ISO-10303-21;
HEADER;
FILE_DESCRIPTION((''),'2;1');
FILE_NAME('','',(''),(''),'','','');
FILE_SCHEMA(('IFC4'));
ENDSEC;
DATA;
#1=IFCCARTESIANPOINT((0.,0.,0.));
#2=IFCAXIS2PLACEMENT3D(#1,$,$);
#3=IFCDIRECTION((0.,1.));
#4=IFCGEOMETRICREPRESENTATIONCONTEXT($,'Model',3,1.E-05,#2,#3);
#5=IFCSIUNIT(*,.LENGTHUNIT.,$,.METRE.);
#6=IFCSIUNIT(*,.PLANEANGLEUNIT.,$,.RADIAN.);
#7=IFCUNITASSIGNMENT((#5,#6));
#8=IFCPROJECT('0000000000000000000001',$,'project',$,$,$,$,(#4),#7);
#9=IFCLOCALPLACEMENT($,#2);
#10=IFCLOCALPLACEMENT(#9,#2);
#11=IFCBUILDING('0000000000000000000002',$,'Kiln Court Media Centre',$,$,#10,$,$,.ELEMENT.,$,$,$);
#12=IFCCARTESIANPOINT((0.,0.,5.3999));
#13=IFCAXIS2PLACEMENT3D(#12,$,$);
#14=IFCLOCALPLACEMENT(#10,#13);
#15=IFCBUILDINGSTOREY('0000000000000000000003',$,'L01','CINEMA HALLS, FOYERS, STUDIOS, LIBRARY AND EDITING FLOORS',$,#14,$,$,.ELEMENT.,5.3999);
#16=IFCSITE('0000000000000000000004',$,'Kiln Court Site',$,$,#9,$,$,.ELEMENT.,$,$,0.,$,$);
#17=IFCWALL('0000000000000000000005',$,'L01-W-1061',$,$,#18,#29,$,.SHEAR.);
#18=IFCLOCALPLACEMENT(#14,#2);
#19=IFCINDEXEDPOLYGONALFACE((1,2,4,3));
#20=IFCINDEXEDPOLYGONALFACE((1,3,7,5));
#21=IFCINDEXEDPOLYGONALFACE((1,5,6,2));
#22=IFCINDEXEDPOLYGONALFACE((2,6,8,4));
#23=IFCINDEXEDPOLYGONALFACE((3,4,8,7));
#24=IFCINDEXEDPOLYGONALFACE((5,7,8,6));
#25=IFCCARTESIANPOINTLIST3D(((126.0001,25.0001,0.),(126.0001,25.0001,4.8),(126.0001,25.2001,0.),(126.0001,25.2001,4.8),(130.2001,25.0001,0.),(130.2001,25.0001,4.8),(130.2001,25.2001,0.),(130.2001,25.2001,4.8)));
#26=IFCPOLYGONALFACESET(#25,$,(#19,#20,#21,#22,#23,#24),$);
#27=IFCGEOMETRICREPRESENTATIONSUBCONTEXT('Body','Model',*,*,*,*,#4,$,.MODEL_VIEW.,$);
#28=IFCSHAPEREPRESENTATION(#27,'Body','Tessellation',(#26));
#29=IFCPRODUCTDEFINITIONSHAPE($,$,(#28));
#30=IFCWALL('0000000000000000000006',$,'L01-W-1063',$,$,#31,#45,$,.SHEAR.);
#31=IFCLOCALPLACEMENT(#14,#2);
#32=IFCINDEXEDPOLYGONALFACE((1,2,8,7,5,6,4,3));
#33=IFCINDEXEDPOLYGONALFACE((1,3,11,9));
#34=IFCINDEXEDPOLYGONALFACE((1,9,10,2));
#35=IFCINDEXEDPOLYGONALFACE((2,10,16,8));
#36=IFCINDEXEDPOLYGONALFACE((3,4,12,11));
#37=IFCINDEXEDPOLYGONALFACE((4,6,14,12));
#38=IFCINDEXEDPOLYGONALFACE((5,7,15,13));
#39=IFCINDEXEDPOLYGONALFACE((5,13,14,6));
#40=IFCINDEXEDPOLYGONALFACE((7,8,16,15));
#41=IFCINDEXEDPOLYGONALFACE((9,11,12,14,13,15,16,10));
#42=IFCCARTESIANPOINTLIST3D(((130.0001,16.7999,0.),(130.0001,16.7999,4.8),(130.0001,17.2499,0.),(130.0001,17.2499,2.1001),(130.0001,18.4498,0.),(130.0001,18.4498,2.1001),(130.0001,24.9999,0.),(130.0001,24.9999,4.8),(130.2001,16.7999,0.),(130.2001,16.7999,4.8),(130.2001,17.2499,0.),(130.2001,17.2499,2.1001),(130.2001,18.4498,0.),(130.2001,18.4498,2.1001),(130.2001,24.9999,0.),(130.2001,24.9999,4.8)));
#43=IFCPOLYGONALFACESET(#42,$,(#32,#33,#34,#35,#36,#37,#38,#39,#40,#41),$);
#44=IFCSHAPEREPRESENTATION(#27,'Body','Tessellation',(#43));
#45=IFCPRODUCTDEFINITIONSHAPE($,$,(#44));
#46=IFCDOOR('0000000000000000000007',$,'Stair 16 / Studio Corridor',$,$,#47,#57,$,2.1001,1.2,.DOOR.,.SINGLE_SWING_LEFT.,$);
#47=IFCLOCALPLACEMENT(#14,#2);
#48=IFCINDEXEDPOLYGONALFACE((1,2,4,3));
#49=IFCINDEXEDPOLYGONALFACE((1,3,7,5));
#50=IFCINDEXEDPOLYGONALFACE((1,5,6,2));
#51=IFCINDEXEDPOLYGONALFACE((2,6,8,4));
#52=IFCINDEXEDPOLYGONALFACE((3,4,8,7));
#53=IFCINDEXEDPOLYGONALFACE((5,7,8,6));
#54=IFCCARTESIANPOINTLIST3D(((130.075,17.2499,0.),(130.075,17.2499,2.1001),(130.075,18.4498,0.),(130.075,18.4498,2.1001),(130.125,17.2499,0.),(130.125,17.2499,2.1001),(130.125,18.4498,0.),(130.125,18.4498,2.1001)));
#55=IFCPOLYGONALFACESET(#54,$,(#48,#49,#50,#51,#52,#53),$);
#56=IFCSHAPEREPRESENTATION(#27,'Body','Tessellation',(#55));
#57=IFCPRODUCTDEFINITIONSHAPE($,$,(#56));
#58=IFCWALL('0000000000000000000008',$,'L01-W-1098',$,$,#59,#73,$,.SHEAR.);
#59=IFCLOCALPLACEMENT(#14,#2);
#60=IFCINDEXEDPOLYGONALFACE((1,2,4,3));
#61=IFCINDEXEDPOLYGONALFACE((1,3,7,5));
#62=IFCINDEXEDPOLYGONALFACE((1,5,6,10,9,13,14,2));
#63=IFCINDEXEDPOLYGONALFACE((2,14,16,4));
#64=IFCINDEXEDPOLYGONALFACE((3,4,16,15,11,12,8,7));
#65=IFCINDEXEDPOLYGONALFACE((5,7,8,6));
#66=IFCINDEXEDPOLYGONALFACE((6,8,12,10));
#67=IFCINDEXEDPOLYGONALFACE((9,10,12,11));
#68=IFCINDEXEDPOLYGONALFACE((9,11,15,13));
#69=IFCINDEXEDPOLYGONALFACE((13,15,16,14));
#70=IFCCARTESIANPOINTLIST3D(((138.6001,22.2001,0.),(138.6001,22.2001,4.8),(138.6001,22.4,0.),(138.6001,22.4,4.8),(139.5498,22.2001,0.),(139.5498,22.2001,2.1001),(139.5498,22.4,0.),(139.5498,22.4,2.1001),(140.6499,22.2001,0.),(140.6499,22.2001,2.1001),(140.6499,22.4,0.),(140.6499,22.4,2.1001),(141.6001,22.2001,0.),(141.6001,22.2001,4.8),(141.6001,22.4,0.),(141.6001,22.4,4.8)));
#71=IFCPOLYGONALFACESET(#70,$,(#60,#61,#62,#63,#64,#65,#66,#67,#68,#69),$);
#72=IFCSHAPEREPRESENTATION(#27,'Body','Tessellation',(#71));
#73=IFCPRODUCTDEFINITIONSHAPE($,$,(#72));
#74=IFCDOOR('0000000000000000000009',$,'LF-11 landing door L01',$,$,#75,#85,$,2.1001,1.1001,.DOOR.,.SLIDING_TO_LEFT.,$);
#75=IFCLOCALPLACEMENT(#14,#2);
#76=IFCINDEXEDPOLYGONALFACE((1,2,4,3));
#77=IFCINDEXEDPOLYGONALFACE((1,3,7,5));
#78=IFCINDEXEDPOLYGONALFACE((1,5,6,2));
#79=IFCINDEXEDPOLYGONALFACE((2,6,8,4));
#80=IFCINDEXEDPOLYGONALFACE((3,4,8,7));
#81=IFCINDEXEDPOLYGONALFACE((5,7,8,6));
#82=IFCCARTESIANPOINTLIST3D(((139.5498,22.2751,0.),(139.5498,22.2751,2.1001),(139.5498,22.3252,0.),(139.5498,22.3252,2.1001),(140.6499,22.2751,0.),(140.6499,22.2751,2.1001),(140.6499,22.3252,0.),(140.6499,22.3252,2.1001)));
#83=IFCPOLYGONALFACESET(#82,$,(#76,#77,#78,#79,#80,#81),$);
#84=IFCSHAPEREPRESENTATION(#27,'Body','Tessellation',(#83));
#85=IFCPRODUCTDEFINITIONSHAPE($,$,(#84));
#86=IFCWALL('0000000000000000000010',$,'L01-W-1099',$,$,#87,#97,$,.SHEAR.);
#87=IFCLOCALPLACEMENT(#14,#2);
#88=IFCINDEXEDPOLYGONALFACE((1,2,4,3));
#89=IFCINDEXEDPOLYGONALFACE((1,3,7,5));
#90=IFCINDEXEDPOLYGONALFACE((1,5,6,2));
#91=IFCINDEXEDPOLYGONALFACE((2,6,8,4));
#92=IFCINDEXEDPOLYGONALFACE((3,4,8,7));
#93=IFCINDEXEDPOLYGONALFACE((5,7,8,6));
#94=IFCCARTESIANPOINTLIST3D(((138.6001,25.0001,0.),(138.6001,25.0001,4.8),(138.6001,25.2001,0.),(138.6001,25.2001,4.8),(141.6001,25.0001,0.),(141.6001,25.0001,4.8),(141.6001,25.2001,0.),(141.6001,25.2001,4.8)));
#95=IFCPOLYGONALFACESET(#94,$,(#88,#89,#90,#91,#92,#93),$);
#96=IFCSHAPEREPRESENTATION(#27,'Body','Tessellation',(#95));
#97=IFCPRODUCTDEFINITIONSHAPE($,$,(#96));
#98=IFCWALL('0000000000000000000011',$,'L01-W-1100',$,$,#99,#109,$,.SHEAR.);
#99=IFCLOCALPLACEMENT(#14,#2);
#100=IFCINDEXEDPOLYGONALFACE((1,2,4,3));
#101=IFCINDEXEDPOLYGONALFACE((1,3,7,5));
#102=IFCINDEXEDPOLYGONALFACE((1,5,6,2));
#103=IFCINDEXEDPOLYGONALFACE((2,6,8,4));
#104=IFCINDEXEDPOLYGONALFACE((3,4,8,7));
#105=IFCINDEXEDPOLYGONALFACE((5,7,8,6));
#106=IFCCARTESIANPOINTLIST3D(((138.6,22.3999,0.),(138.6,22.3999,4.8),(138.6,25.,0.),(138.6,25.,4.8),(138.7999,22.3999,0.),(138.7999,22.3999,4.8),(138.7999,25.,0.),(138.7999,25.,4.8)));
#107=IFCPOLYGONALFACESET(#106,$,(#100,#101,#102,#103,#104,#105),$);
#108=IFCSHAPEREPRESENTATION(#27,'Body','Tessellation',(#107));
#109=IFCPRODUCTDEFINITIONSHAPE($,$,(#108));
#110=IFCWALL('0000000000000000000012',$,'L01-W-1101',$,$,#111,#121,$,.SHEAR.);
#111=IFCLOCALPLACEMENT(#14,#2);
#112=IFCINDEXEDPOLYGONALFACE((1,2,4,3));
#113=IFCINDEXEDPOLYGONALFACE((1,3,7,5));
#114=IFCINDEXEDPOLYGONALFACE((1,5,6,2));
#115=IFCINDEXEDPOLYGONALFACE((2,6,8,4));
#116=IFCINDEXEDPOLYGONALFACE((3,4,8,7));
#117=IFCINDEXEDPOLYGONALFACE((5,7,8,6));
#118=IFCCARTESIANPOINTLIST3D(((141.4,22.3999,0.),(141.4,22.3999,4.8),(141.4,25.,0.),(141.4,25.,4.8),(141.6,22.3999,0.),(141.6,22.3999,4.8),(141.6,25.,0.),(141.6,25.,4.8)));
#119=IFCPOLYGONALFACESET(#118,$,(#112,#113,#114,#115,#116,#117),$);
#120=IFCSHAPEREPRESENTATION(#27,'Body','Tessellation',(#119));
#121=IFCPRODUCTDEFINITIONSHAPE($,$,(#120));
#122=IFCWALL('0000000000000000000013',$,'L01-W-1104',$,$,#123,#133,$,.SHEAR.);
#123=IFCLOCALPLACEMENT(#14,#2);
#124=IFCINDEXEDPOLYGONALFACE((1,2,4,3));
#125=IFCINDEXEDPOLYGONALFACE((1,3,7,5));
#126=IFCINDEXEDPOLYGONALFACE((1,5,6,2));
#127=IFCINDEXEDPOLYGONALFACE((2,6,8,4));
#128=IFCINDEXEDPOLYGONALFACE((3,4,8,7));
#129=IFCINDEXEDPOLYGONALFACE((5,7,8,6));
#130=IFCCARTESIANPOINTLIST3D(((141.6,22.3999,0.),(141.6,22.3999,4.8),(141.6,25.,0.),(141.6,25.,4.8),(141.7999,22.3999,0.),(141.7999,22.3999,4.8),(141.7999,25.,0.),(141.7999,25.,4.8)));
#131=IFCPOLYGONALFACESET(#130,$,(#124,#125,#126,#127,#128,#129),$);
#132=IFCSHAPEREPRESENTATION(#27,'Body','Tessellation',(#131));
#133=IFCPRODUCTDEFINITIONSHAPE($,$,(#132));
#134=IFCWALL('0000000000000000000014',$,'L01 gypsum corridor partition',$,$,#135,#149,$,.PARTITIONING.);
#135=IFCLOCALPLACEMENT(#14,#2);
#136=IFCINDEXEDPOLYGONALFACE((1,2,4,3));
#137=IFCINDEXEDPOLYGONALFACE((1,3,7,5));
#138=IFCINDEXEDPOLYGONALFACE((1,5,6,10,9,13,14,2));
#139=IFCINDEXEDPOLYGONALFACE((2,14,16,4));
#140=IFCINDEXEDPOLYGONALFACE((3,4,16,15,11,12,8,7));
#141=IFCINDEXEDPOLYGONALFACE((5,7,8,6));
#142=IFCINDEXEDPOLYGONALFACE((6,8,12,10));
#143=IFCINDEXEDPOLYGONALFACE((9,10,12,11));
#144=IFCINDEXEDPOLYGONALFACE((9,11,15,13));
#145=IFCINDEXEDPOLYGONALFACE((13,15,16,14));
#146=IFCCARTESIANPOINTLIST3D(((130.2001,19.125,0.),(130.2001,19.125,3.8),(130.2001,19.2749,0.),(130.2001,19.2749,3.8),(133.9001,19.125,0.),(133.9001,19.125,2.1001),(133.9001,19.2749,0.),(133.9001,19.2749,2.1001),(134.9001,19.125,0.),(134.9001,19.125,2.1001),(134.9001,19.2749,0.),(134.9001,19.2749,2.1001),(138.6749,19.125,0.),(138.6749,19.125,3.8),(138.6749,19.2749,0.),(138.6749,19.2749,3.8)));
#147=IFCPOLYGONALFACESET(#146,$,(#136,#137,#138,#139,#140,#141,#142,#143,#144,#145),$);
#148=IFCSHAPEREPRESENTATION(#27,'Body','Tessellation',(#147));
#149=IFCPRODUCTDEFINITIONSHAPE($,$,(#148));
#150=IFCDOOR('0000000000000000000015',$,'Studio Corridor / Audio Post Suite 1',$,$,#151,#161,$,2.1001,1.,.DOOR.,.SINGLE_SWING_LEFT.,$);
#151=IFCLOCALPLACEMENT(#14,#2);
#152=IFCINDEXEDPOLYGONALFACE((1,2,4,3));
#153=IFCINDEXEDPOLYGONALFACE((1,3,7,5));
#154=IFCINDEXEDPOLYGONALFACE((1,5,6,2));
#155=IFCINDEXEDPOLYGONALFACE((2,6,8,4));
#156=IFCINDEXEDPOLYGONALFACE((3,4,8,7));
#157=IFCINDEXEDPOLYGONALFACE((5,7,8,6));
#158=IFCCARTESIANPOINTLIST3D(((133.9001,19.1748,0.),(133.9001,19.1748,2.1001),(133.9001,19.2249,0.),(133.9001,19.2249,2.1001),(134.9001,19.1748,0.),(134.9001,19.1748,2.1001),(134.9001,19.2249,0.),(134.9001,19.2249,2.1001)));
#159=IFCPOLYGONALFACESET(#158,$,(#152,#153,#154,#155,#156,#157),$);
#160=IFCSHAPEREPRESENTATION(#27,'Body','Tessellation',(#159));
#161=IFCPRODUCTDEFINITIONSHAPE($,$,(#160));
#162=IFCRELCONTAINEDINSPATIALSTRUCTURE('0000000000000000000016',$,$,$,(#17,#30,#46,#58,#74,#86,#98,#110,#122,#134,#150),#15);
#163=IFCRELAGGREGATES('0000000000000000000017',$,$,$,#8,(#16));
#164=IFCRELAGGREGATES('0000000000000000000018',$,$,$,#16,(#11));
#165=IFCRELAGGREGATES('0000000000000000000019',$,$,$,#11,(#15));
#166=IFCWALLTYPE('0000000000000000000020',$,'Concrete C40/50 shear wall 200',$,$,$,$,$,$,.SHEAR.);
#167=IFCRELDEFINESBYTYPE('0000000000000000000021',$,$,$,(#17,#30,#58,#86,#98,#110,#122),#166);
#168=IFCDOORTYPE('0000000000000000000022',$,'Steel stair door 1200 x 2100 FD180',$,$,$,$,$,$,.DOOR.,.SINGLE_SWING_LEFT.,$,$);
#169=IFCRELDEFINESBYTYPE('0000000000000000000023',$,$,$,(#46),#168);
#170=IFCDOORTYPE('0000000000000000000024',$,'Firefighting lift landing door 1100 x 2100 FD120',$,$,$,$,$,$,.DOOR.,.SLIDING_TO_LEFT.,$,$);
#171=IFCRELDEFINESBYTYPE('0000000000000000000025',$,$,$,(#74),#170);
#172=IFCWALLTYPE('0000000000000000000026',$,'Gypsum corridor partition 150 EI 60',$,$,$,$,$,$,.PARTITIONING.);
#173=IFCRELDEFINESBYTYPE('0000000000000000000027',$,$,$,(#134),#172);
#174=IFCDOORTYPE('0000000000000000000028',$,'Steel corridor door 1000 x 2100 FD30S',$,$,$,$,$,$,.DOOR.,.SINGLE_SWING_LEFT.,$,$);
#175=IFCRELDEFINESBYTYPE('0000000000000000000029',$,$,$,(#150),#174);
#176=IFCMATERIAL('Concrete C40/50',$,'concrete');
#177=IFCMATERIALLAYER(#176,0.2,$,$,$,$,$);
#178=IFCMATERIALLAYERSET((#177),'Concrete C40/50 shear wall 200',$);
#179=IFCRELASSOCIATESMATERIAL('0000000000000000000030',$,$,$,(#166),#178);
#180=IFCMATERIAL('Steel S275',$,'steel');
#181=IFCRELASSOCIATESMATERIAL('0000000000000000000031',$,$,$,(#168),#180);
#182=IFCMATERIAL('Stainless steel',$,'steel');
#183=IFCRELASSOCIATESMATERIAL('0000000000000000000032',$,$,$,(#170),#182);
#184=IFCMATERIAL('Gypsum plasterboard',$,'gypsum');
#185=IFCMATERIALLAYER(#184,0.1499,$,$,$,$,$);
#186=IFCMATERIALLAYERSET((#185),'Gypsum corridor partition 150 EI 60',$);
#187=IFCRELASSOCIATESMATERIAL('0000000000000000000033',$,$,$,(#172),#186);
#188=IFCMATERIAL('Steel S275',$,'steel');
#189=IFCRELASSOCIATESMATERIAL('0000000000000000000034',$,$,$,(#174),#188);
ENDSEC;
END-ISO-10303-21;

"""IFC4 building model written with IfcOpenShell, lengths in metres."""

from ifc_helpers import new_model, si_unit, direction, frame, frame_2d, origin, place, context, subcontext, project, spatial, rectangle, extrude, material, layer, layer_set, type_object, element, fill, save


model = new_model("IFC4")

# Units and contexts
model_context = context("Model", 3, precision=1e-05, world=origin(), true_north=direction((0.0, 1.0)))
body_context = subcontext(model_context, "Body", "Model", "MODEL_VIEW")
ifc_project = project(units=[si_unit("LENGTHUNIT", "METRE"), si_unit("PLANEANGLEUNIT", "RADIAN")], contexts=[model_context])

# Site, building, storey
site_placement = place(None, origin())
site = spatial("IfcSite", under=ifc_project, at=site_placement, Name="Kiln Court Site", CompositionType="ELEMENT", RefElevation=0.0)
building_placement = place(site_placement, origin())
building = spatial("IfcBuilding", under=site, at=building_placement, Name="Kiln Court Media Centre", CompositionType="ELEMENT")
storey_placement = place(building_placement, frame((0.0, 0.0, 5.3999)))
storey = spatial("IfcBuildingStorey", under=building, at=storey_placement, Name="L01", Description="CINEMA HALLS, FOYERS, STUDIOS, LIBRARY AND EDITING FLOORS", CompositionType="ELEMENT", Elevation=5.3999)

# Wall
ifc_material_1 = material(Name="Concrete C40/50", Category="concrete")
ifc_layer_1 = layer(ifc_material_1, 0.2)
ifc_layer_set_1 = layer_set([ifc_layer_1], Name="Concrete C40/50 shear wall 200")
wall_type_1 = type_object("IfcWallType", Name="Concrete C40/50 shear wall 200", PredefinedType="SHEAR", material=ifc_layer_set_1)
wall_1_placement = place(storey_placement, frame((126.0, 25.1001, 0.0), z_axis=(0.0, 0.0, 1.0), x_axis=(1.0, 0.0, 0.0)))
element("IfcWall", 1, at=wall_1_placement, inside=storey, type_object=wall_type_1, Name="L01-W-1061", PredefinedType="SHEAR", context=body_context, shape_type="SweptSolid", body=[
    extrude(rectangle(XDim=4.2, YDim=0.2, at=frame_2d((2.1001, 0.0))), origin(), (0.0, 0.0, 1.0), 4.8),
])

# Walls, openings, doors
wall_2_placement = place(storey_placement, frame((130.1001, 25.0, 0.0), z_axis=(0.0, 0.0, 1.0), x_axis=(0.0, -1.0, 0.0)))
wall_2 = element("IfcWall", 2, at=wall_2_placement, inside=storey, type_object=wall_type_1, Name="L01-W-1063", PredefinedType="SHEAR", context=body_context, shape_type="SweptSolid", body=[
    extrude(rectangle(XDim=8.2, YDim=0.2, at=frame_2d((4.1001, 0.0))), origin(), (0.0, 0.0, 1.0), 4.8),
])
opening_1_placement = place(wall_2_placement, frame((6.55, 0.0, 0.0)))
opening_1 = element("IfcOpeningElement", 3, at=opening_1_placement, cuts=wall_2, PredefinedType="OPENING", context=body_context, shape_type="SweptSolid", body=[
    extrude(rectangle(XDim=1.2, YDim=2.1001, at=frame_2d((0.6001, 1.05))), frame((0.0, 0.1099, 0.0), z_axis=(0.0, -1.0, 0.0), x_axis=(1.0, 0.0, 0.0)), (0.0, 0.0, 1.0), 0.22),
])
ifc_material_2 = material(Name="Steel S275", Category="steel")
door_type_1 = type_object("IfcDoorType", Name="Steel stair door 1200 x 2100 FD180", OperationType="SINGLE_SWING_LEFT", PredefinedType="DOOR", material=ifc_material_2)
door_1_placement = place(opening_1_placement, origin())
door_1 = element("IfcDoor", 4, at=door_1_placement, inside=storey, type_object=door_type_1, Name="Stair 16 / Studio Corridor", OperationType="SINGLE_SWING_LEFT", OverallHeight=2.1001, OverallWidth=1.2, PredefinedType="DOOR", context=body_context, shape_type="SweptSolid", body=[
    extrude(rectangle(XDim=1.2, YDim=2.1001, at=frame_2d((0.6001, 1.05))), frame((0.0, 0.0249, 0.0), z_axis=(0.0, -1.0, 0.0), x_axis=(1.0, 0.0, 0.0)), (0.0, 0.0, 1.0), 0.05),
])
fill(opening_1, door_1)
wall_3_placement = place(storey_placement, frame((141.6001, 22.3, 0.0), z_axis=(0.0, 0.0, 1.0), x_axis=(-1.0, 0.0, 0.0)))
wall_3 = element("IfcWall", 5, at=wall_3_placement, inside=storey, type_object=wall_type_1, Name="L01-W-1098", PredefinedType="SHEAR", context=body_context, shape_type="SweptSolid", body=[
    extrude(rectangle(XDim=3.0, YDim=0.2, at=frame_2d((1.5, 0.0))), origin(), (0.0, 0.0, 1.0), 4.8),
])
opening_2_placement = place(wall_3_placement, frame((0.9502, 0.0, 0.0)))
opening_2 = element("IfcOpeningElement", 6, at=opening_2_placement, cuts=wall_3, PredefinedType="OPENING", context=body_context, shape_type="SweptSolid", body=[
    extrude(rectangle(XDim=1.1001, YDim=2.1001, at=frame_2d((0.55, 1.05))), frame((0.0, 0.1099, 0.0), z_axis=(0.0, -1.0, 0.0), x_axis=(1.0, 0.0, 0.0)), (0.0, 0.0, 1.0), 0.22),
])
ifc_material_3 = material(Name="Stainless steel", Category="steel")
door_type_2 = type_object("IfcDoorType", Name="Firefighting lift landing door 1100 x 2100 FD120", OperationType="SLIDING_TO_LEFT", PredefinedType="DOOR", material=ifc_material_3)
door_2_placement = place(opening_2_placement, origin())
door_2 = element("IfcDoor", 7, at=door_2_placement, inside=storey, type_object=door_type_2, Name="LF-11 landing door L01", OperationType="SLIDING_TO_LEFT", OverallHeight=2.1001, OverallWidth=1.1001, PredefinedType="DOOR", context=body_context, shape_type="SweptSolid", body=[
    extrude(rectangle(XDim=1.1001, YDim=2.1001, at=frame_2d((0.55, 1.05))), frame((0.0, 0.0249, 0.0), z_axis=(0.0, -1.0, 0.0), x_axis=(1.0, 0.0, 0.0)), (0.0, 0.0, 1.0), 0.05),
])
fill(opening_2, door_2)

# Walls
wall_4_placement = place(storey_placement, frame((138.6001, 25.1001, 0.0), z_axis=(0.0, 0.0, 1.0), x_axis=(1.0, 0.0, 0.0)))
element("IfcWall", 8, at=wall_4_placement, inside=storey, type_object=wall_type_1, Name="L01-W-1099", PredefinedType="SHEAR", context=body_context, shape_type="SweptSolid", body=[
    extrude(rectangle(XDim=3.0, YDim=0.2, at=frame_2d((1.5, 0.0))), origin(), (0.0, 0.0, 1.0), 4.8),
])
for number, where, z_axis, x_axis, name in (
    (9, (138.7, 22.3999, 0.0), (0.0, 0.0, 1.0), (0.0, 1.0, 0.0), "L01-W-1100"),
    (10, (141.5, 25.0, 0.0), (0.0, 0.0, 1.0), (0.0, -1.0, 0.0), "L01-W-1101"),
    (11, (141.7, 22.3999, 0.0), (0.0, 0.0, 1.0), (0.0, 1.0, 0.0), "L01-W-1104"),
):
    element("IfcWall", number, at=place(storey_placement, frame(where, z_axis=z_axis, x_axis=x_axis)), inside=storey, type_object=wall_type_1, Name=name, PredefinedType="SHEAR", context=body_context, shape_type="SweptSolid", body=[
        extrude(rectangle(XDim=2.6001, YDim=0.2, at=frame_2d((1.3, 0.0))), origin(), (0.0, 0.0, 1.0), 4.8),
    ])

# Wall, opening, door
ifc_material_4 = material(Name="Gypsum plasterboard", Category="gypsum")
ifc_layer_2 = layer(ifc_material_4, 0.1499)
ifc_layer_set_2 = layer_set([ifc_layer_2], Name="Gypsum corridor partition 150 EI 60")
wall_type_2 = type_object("IfcWallType", Name="Gypsum corridor partition 150 EI 60", PredefinedType="PARTITIONING", material=ifc_layer_set_2)
wall_5_placement = place(storey_placement, frame((130.2002, 19.2, 0.0), z_axis=(0.0, 0.0, 1.0), x_axis=(1.0, 0.0, 0.0)))
wall_5 = element("IfcWall", 12, at=wall_5_placement, inside=storey, type_object=wall_type_2, Name="L01 gypsum corridor partition", PredefinedType="PARTITIONING", context=body_context, shape_type="SweptSolid", body=[
    extrude(rectangle(XDim=8.4749, YDim=0.1499, at=frame_2d((4.2373, 0.0))), origin(), (0.0, 0.0, 1.0), 3.8),
])
opening_3_placement = place(wall_5_placement, frame((3.7, 0.0, 0.0)))
opening_3 = element("IfcOpeningElement", 13, at=opening_3_placement, cuts=wall_5, PredefinedType="OPENING", context=body_context, shape_type="SweptSolid", body=[
    extrude(rectangle(XDim=1.0, YDim=2.1001, at=frame_2d((0.5, 1.05))), frame((0.0, 0.085, 0.0), z_axis=(0.0, -1.0, 0.0), x_axis=(1.0, 0.0, 0.0)), (0.0, 0.0, 1.0), 0.1699),
])
ifc_material_5 = material(Name="Steel S275", Category="steel")
door_type_3 = type_object("IfcDoorType", Name="Steel corridor door 1000 x 2100 FD30S", OperationType="SINGLE_SWING_LEFT", PredefinedType="DOOR", material=ifc_material_5)
door_3_placement = place(opening_3_placement, origin())
door_3 = element("IfcDoor", 14, at=door_3_placement, inside=storey, type_object=door_type_3, Name="Studio Corridor / Audio Post Suite 1", OperationType="SINGLE_SWING_LEFT", OverallHeight=2.1001, OverallWidth=1.0, PredefinedType="DOOR", context=body_context, shape_type="SweptSolid", body=[
    extrude(rectangle(XDim=1.0, YDim=2.1001, at=frame_2d((0.5, 1.05))), frame((0.0, 0.0249, 0.0), z_axis=(0.0, -1.0, 0.0), x_axis=(1.0, 0.0, 0.0)), (0.0, 0.0, 1.0), 0.05),
])
fill(opening_3, door_3)

save(model, "model.ifc")
